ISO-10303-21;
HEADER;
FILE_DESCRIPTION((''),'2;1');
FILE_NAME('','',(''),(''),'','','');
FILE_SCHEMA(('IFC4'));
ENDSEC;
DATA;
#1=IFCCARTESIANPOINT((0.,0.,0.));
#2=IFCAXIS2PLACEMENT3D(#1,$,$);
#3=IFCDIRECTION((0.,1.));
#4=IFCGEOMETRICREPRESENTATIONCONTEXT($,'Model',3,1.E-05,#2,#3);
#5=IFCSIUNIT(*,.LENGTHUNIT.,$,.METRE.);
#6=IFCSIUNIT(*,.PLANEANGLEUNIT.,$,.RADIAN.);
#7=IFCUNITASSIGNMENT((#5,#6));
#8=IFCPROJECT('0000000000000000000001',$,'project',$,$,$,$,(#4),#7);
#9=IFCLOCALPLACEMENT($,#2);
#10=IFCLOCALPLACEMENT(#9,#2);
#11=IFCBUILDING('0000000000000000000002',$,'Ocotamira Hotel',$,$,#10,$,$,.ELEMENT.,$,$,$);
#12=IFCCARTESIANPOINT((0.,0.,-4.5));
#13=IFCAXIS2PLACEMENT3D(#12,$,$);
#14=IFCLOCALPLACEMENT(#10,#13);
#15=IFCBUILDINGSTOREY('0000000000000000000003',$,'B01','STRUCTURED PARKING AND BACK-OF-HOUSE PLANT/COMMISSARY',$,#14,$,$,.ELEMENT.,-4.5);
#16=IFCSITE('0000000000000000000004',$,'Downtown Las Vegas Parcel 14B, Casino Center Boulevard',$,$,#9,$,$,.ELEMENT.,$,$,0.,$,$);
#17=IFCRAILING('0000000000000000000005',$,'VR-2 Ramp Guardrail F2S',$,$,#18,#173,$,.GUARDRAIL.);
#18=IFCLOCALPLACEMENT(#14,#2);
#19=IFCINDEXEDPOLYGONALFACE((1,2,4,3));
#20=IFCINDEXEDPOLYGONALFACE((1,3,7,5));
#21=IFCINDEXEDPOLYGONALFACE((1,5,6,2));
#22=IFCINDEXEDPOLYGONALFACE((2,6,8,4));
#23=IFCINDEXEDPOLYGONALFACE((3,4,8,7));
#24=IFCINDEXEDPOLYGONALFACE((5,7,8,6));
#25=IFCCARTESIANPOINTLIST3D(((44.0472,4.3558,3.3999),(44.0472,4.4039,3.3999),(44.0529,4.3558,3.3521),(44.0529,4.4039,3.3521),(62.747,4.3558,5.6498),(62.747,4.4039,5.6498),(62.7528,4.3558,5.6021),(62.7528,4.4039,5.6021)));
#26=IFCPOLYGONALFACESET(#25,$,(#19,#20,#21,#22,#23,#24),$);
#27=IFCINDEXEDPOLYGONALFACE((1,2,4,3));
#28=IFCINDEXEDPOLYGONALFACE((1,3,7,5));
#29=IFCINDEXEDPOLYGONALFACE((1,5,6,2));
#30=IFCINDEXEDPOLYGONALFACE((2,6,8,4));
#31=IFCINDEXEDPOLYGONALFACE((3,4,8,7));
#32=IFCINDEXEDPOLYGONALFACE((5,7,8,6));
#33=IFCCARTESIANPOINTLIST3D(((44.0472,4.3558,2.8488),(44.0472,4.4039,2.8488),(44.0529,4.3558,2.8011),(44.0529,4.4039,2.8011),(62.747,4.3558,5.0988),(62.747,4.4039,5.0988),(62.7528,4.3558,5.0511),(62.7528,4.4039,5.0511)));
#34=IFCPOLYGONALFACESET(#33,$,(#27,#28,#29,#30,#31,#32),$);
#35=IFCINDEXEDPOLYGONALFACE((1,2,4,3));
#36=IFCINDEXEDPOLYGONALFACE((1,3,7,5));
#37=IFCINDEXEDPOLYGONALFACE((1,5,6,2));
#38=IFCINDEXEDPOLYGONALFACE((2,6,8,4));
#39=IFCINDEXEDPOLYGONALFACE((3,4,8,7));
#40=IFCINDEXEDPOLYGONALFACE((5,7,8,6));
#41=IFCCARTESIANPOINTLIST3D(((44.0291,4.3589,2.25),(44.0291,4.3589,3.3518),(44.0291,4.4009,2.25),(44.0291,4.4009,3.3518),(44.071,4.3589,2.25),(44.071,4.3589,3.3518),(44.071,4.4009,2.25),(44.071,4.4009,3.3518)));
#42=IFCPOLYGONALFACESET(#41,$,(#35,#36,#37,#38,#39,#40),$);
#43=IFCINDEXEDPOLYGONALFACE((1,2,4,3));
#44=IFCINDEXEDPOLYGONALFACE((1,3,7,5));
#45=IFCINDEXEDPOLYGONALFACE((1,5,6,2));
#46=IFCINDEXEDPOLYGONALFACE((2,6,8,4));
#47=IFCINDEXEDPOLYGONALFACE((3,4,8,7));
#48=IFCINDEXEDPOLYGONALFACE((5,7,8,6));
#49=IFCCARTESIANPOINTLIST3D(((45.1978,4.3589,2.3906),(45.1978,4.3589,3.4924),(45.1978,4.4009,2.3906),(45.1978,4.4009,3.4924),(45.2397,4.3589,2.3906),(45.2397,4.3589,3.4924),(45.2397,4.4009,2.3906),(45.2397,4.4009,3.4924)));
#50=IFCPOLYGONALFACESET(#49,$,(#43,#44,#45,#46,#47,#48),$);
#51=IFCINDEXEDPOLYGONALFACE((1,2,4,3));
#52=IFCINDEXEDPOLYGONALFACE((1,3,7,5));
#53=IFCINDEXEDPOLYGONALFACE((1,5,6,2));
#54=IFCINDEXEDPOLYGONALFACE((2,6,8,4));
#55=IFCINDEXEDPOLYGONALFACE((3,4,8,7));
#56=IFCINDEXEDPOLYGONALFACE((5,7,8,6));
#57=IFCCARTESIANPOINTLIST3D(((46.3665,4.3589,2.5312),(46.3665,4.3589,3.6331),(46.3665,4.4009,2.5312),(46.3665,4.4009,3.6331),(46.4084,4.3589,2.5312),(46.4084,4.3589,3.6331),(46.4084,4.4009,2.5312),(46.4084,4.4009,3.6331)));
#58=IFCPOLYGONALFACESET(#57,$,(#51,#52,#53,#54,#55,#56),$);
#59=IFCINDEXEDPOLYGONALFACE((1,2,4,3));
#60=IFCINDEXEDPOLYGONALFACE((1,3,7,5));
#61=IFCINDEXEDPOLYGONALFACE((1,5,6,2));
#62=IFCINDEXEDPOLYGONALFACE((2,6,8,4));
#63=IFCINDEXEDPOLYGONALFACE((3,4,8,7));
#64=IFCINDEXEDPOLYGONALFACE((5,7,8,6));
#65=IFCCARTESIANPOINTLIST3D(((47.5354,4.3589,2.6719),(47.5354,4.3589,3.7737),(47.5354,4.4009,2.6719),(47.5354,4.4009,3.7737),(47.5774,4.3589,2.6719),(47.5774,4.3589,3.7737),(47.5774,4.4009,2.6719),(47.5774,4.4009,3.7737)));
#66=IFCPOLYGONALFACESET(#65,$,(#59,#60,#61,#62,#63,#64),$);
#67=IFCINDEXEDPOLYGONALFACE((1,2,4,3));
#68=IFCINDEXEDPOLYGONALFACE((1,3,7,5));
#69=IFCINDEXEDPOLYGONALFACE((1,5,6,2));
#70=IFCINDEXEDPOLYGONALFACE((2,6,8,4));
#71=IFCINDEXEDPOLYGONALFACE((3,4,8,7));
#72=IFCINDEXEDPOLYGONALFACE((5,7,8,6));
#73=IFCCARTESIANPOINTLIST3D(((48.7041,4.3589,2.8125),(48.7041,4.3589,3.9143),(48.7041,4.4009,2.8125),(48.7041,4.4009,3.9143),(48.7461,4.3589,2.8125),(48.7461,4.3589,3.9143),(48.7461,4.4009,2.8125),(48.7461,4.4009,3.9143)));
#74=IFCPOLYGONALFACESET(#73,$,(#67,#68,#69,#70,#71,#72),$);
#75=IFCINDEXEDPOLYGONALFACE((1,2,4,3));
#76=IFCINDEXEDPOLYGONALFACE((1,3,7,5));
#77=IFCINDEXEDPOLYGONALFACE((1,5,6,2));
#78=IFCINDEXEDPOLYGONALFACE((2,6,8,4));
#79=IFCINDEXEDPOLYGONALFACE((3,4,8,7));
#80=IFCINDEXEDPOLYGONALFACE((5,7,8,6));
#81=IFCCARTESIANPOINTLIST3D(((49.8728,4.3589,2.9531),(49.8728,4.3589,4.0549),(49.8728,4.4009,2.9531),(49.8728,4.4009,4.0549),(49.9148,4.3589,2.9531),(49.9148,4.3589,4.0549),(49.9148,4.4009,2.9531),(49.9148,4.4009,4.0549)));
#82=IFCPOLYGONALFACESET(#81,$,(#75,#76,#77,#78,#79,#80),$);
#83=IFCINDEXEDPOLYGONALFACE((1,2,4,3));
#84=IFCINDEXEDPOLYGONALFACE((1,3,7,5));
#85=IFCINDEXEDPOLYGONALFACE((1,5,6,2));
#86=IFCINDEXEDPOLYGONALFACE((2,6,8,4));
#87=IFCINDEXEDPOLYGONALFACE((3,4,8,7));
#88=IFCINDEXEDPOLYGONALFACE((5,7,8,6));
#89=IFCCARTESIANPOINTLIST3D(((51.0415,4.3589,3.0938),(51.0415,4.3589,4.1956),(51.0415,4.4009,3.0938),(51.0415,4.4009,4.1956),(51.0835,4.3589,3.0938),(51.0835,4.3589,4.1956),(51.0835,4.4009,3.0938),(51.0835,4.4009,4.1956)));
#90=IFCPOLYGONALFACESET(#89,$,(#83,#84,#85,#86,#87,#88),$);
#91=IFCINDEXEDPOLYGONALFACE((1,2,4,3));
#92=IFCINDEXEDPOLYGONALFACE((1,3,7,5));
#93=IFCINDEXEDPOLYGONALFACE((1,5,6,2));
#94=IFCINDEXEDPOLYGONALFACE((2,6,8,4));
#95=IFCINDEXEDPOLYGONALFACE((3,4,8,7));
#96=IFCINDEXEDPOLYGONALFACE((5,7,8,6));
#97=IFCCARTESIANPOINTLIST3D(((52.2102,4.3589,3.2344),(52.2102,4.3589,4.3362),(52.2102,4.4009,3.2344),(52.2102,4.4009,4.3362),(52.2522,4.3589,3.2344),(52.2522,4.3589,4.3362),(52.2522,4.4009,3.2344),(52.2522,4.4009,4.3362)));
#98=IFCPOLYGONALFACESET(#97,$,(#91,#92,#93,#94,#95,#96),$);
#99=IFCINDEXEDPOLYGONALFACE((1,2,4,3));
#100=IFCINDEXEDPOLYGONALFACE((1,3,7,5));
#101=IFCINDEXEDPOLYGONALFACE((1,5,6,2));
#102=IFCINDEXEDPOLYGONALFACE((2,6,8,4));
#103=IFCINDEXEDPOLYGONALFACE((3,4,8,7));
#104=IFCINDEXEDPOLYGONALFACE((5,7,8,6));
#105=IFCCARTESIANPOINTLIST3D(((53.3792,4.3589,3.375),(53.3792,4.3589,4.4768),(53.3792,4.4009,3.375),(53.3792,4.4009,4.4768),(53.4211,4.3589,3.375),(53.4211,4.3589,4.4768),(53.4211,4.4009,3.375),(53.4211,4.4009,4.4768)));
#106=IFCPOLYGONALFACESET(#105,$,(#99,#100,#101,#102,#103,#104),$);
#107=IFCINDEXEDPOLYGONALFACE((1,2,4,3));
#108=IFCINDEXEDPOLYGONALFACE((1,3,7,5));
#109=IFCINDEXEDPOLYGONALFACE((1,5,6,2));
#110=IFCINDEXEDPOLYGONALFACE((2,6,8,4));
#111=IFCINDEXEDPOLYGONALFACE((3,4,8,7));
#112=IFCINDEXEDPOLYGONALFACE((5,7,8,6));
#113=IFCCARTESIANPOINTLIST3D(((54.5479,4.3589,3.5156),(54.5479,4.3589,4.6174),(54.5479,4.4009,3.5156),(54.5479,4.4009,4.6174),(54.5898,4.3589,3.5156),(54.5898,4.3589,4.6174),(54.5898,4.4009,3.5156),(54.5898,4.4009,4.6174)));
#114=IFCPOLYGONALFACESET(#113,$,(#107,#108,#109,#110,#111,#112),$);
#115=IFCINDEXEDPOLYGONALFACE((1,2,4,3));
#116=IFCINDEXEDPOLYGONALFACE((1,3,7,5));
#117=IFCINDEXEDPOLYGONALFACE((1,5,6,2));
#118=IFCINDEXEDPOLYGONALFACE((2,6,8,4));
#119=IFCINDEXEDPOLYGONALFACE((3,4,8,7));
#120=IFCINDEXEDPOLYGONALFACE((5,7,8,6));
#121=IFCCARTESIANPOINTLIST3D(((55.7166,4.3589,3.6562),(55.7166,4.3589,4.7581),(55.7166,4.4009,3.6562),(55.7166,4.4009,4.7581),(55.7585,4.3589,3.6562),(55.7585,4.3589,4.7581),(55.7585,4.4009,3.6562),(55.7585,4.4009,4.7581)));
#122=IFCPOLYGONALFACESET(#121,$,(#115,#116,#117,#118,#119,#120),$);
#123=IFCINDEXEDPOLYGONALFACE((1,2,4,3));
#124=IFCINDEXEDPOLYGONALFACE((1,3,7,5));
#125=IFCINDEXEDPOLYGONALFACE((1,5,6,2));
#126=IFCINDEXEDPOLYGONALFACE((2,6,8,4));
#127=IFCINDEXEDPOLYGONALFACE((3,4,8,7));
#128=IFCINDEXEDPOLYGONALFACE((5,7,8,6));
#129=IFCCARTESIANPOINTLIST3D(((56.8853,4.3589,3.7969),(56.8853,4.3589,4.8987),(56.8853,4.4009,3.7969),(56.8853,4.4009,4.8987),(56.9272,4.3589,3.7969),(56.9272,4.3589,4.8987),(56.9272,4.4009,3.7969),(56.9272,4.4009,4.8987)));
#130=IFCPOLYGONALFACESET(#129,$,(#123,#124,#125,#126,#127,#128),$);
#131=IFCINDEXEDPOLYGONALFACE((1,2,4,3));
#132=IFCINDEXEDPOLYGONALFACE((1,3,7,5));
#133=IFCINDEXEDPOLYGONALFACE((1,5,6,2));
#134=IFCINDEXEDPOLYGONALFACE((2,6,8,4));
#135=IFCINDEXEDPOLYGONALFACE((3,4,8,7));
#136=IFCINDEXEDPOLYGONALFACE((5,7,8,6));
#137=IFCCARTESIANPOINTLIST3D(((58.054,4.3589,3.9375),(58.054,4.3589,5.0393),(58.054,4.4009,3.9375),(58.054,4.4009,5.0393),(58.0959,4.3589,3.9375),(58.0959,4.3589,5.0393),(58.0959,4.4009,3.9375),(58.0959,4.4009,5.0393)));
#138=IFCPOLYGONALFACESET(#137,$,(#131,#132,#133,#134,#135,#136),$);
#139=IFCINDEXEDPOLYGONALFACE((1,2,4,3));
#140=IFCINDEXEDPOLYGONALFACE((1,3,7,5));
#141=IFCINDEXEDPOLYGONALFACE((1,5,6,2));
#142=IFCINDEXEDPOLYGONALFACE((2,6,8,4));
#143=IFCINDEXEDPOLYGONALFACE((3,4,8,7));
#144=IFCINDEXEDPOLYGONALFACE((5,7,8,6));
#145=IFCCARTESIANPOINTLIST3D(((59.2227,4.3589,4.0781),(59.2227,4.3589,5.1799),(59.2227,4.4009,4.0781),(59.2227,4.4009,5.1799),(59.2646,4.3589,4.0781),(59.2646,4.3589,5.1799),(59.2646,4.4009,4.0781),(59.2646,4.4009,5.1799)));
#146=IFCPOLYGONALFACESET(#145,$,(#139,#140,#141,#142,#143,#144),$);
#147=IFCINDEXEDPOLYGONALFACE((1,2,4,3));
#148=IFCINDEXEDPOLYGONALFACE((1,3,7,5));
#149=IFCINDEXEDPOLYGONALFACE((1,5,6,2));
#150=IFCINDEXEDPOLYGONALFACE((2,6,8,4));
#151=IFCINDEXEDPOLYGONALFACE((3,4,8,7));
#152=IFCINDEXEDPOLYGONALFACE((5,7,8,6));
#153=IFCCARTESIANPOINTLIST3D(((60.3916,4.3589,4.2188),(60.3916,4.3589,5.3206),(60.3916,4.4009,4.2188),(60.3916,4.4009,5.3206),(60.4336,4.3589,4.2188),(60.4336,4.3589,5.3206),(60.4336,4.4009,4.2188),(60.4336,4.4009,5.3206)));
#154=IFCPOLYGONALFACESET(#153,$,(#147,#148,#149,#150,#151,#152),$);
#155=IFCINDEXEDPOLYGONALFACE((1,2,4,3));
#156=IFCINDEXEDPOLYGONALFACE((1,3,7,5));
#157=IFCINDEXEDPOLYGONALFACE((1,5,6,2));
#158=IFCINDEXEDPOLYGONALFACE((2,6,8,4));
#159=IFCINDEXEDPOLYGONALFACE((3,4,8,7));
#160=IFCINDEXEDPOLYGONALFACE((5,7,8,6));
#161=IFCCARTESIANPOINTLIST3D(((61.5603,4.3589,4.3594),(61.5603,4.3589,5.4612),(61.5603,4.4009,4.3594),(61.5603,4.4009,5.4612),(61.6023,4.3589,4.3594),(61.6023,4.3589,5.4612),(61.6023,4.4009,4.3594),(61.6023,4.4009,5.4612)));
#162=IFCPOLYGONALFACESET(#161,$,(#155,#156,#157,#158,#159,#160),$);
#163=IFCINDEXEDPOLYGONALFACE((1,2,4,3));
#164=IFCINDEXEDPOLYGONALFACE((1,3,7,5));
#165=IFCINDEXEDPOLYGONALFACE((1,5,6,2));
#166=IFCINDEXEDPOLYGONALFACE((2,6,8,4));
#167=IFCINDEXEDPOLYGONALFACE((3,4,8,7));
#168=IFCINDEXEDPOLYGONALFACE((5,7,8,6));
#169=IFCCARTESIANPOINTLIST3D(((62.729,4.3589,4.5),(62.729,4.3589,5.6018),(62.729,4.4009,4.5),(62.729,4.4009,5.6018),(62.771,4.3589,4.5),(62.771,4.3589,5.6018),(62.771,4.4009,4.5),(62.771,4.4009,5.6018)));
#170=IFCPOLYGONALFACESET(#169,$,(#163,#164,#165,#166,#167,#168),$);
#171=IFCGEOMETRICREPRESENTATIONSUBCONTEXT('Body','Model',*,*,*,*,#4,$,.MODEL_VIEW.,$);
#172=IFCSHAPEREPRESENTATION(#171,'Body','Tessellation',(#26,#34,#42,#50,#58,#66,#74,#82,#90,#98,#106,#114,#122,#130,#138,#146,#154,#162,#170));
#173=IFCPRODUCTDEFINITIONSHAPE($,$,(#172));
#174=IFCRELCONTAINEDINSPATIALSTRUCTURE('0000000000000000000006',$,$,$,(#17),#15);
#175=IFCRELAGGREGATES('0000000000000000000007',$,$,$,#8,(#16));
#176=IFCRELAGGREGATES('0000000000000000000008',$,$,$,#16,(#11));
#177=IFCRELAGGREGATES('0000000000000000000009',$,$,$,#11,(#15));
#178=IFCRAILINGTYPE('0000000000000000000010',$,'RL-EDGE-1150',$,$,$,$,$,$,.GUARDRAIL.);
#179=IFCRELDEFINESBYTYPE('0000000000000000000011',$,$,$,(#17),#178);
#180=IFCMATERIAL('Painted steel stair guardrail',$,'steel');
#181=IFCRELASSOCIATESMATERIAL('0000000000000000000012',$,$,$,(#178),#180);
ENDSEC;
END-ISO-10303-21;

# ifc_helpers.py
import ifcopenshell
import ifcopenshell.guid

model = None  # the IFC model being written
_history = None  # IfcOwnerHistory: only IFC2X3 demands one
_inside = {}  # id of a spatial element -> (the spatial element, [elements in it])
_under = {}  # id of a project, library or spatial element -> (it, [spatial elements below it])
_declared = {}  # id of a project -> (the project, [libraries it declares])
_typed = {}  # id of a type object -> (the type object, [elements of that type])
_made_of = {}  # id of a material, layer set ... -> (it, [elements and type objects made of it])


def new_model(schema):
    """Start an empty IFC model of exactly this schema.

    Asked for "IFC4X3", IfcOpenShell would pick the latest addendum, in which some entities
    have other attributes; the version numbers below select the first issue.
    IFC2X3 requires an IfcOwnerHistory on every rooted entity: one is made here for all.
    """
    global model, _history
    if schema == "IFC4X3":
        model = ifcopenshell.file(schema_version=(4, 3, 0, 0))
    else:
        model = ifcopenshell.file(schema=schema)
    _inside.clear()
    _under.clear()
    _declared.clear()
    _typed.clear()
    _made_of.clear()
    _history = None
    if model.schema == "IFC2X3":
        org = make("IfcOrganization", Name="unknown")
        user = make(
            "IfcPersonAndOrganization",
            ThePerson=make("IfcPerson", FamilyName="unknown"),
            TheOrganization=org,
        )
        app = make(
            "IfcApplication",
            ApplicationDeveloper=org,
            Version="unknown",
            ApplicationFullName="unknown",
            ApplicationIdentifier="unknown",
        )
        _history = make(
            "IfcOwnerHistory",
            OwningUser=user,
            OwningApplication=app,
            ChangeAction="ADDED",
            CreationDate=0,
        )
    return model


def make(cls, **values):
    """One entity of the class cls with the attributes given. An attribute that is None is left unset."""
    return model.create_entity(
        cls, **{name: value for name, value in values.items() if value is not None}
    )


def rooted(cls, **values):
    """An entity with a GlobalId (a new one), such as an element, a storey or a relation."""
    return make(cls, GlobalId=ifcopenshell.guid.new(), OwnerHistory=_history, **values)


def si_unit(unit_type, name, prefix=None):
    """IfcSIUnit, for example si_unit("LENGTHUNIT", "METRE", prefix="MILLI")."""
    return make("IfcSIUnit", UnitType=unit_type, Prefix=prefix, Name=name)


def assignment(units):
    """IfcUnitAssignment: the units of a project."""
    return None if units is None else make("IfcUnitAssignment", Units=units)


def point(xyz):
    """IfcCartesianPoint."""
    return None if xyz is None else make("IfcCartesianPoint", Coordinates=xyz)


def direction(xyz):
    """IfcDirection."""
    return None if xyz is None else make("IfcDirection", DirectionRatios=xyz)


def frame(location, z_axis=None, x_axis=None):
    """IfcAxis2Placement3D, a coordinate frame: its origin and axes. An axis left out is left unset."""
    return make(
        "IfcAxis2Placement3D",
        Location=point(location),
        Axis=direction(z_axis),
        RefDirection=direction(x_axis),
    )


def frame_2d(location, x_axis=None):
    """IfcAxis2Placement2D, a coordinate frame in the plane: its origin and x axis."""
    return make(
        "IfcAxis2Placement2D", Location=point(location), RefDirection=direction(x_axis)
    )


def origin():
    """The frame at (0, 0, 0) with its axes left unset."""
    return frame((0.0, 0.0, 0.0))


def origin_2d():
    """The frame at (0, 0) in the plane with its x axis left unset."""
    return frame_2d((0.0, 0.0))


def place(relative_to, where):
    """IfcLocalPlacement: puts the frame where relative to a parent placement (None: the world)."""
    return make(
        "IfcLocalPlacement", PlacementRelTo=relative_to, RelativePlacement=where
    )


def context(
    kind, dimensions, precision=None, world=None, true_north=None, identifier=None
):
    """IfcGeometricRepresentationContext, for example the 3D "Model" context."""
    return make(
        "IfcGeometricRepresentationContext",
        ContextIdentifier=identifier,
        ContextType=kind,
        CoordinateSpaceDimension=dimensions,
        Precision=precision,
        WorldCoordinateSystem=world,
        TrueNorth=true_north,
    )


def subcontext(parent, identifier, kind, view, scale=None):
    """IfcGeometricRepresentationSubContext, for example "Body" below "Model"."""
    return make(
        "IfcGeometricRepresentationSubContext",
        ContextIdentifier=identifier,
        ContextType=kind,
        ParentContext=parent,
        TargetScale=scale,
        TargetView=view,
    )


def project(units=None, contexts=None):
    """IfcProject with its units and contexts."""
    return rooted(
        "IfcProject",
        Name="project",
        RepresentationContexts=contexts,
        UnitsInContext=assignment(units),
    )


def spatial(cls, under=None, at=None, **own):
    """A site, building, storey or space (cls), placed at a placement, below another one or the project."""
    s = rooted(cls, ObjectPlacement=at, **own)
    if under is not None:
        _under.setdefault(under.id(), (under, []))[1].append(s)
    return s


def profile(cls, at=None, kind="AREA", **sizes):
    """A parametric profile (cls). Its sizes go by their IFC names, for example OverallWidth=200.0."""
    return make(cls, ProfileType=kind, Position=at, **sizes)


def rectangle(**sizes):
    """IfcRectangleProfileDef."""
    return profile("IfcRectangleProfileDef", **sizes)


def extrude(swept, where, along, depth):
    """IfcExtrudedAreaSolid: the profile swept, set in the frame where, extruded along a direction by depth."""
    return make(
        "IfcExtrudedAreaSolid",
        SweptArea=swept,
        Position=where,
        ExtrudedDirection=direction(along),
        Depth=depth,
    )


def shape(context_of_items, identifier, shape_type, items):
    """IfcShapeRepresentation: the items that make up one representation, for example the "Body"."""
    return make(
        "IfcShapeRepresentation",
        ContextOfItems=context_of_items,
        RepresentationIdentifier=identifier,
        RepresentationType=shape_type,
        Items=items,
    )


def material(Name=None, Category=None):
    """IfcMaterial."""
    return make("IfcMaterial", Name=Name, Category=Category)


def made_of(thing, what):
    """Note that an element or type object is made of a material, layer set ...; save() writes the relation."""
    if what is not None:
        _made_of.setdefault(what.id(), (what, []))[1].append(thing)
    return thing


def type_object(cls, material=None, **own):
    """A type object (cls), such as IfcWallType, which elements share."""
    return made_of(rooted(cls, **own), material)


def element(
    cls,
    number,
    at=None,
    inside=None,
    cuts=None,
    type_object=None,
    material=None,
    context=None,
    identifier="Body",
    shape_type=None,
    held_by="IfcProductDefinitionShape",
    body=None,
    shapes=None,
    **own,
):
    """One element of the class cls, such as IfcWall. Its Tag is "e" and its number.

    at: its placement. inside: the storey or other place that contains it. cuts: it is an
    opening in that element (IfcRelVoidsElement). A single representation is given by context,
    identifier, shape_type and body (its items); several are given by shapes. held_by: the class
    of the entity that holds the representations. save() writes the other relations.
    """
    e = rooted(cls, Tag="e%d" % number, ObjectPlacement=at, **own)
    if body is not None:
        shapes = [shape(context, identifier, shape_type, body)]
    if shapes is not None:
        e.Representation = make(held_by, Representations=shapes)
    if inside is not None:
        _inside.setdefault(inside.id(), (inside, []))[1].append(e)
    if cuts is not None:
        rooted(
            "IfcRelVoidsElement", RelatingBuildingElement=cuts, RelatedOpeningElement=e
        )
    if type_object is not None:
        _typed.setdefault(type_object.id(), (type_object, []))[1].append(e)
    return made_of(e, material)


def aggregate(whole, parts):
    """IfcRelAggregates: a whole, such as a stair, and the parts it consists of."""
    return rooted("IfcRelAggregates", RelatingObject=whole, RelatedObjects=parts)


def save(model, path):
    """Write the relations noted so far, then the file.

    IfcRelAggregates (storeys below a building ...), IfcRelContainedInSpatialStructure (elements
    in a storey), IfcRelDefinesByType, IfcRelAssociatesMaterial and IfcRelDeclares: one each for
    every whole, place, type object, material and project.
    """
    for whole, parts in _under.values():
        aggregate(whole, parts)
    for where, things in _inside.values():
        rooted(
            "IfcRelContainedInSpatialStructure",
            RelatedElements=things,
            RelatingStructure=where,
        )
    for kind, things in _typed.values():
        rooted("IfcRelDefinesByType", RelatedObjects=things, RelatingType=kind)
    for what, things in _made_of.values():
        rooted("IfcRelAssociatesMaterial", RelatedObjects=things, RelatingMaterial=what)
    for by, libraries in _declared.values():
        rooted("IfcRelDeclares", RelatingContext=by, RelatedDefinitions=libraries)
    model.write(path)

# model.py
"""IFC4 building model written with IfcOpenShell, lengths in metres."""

from ifc_helpers import new_model, si_unit, direction, frame, origin, origin_2d, place, context, subcontext, project, spatial, rectangle, extrude, material, type_object, element, save


model = new_model("IFC4")

# Units and contexts
model_context = context("Model", 3, precision=1e-05, world=origin(), true_north=direction((0.0, 1.0)))
body_context = subcontext(model_context, "Body", "Model", "MODEL_VIEW")
ifc_project = project(units=[si_unit("LENGTHUNIT", "METRE"), si_unit("PLANEANGLEUNIT", "RADIAN")], contexts=[model_context])

# Site, building, storey
site_placement = place(None, origin())
site = spatial("IfcSite", under=ifc_project, at=site_placement, Name="Downtown Las Vegas Parcel 14B, Casino Center Boulevard", CompositionType="ELEMENT", RefElevation=0.0)
building_placement = place(site_placement, origin())
building = spatial("IfcBuilding", under=site, at=building_placement, Name="Ocotamira Hotel", CompositionType="ELEMENT")
storey_placement = place(building_placement, frame((0.0, 0.0, -4.5)))
storey = spatial("IfcBuildingStorey", under=building, at=storey_placement, Name="B01", Description="STRUCTURED PARKING AND BACK-OF-HOUSE PLANT/COMMISSARY", CompositionType="ELEMENT", Elevation=-4.5)

# Railing
ifc_material_1 = material(Name="Painted steel stair guardrail", Category="steel")
railing_type = type_object("IfcRailingType", Name="RL-EDGE-1150", PredefinedType="GUARDRAIL", material=ifc_material_1)
railing_1_placement = place(storey_placement, frame((44.05, 4.3799, 2.25)))
element("IfcRailing", 1, at=railing_1_placement, inside=storey, type_object=railing_type, Name="VR-2 Ramp Guardrail F2S", PredefinedType="GUARDRAIL", context=body_context, shape_type="SweptSolid", body=[
    extrude(rectangle(XDim=0.0481, YDim=0.0481, at=origin_2d()), frame((0.0, 0.0, 1.126), z_axis=(0.992839, 0.0, 0.11946), x_axis=(0.0, 1.0, 0.0)), (0.0, 0.0, 1.0), 18.8347),
    extrude(rectangle(XDim=0.0481, YDim=0.0481, at=origin_2d()), frame((0.0, 0.0, 0.575), z_axis=(0.992839, 0.0, 0.11946), x_axis=(0.0, 1.0, 0.0)), (0.0, 0.0, 1.0), 18.8347),
    extrude(rectangle(XDim=0.042, YDim=0.042, at=origin_2d()), origin(), (0.0, 0.0, 1.0), 1.1018),
    extrude(rectangle(XDim=0.042, YDim=0.042, at=origin_2d()), frame((1.1687, 0.0, 0.1406)), (0.0, 0.0, 1.0), 1.1018),
    extrude(rectangle(XDim=0.042, YDim=0.042, at=origin_2d()), frame((2.3374, 0.0, 0.2812)), (0.0, 0.0, 1.0), 1.1018),
    extrude(rectangle(XDim=0.042, YDim=0.042, at=origin_2d()), frame((3.5063, 0.0, 0.4219)), (0.0, 0.0, 1.0), 1.1018),
    extrude(rectangle(XDim=0.042, YDim=0.042, at=origin_2d()), frame((4.675, 0.0, 0.5625)), (0.0, 0.0, 1.0), 1.1018),
    extrude(rectangle(XDim=0.042, YDim=0.042, at=origin_2d()), frame((5.8438, 0.0, 0.7031)), (0.0, 0.0, 1.0), 1.1018),
    extrude(rectangle(XDim=0.042, YDim=0.042, at=origin_2d()), frame((7.0125, 0.0, 0.8438)), (0.0, 0.0, 1.0), 1.1018),
    extrude(rectangle(XDim=0.042, YDim=0.042, at=origin_2d()), frame((8.1812, 0.0, 0.9844)), (0.0, 0.0, 1.0), 1.1018),
    extrude(rectangle(XDim=0.042, YDim=0.042, at=origin_2d()), frame((9.3501, 0.0, 1.125)), (0.0, 0.0, 1.0), 1.1018),
    extrude(rectangle(XDim=0.042, YDim=0.042, at=origin_2d()), frame((10.5188, 0.0, 1.2656)), (0.0, 0.0, 1.0), 1.1018),
    extrude(rectangle(XDim=0.042, YDim=0.042, at=origin_2d()), frame((11.6875, 0.0, 1.4062)), (0.0, 0.0, 1.0), 1.1018),
    extrude(rectangle(XDim=0.042, YDim=0.042, at=origin_2d()), frame((12.8562, 0.0, 1.5469)), (0.0, 0.0, 1.0), 1.1018),
    extrude(rectangle(XDim=0.042, YDim=0.042, at=origin_2d()), frame((14.0249, 0.0, 1.6875)), (0.0, 0.0, 1.0), 1.1018),
    extrude(rectangle(XDim=0.042, YDim=0.042, at=origin_2d()), frame((15.1936, 0.0, 1.8281)), (0.0, 0.0, 1.0), 1.1018),
    extrude(rectangle(XDim=0.042, YDim=0.042, at=origin_2d()), frame((16.3625, 0.0, 1.9688)), (0.0, 0.0, 1.0), 1.1018),
    extrude(rectangle(XDim=0.042, YDim=0.042, at=origin_2d()), frame((17.5312, 0.0, 2.1094)), (0.0, 0.0, 1.0), 1.1018),
    extrude(rectangle(XDim=0.042, YDim=0.042, at=origin_2d()), frame((18.7, 0.0, 2.25)), (0.0, 0.0, 1.0), 1.1018),
])

save(model, "model.ifc")
